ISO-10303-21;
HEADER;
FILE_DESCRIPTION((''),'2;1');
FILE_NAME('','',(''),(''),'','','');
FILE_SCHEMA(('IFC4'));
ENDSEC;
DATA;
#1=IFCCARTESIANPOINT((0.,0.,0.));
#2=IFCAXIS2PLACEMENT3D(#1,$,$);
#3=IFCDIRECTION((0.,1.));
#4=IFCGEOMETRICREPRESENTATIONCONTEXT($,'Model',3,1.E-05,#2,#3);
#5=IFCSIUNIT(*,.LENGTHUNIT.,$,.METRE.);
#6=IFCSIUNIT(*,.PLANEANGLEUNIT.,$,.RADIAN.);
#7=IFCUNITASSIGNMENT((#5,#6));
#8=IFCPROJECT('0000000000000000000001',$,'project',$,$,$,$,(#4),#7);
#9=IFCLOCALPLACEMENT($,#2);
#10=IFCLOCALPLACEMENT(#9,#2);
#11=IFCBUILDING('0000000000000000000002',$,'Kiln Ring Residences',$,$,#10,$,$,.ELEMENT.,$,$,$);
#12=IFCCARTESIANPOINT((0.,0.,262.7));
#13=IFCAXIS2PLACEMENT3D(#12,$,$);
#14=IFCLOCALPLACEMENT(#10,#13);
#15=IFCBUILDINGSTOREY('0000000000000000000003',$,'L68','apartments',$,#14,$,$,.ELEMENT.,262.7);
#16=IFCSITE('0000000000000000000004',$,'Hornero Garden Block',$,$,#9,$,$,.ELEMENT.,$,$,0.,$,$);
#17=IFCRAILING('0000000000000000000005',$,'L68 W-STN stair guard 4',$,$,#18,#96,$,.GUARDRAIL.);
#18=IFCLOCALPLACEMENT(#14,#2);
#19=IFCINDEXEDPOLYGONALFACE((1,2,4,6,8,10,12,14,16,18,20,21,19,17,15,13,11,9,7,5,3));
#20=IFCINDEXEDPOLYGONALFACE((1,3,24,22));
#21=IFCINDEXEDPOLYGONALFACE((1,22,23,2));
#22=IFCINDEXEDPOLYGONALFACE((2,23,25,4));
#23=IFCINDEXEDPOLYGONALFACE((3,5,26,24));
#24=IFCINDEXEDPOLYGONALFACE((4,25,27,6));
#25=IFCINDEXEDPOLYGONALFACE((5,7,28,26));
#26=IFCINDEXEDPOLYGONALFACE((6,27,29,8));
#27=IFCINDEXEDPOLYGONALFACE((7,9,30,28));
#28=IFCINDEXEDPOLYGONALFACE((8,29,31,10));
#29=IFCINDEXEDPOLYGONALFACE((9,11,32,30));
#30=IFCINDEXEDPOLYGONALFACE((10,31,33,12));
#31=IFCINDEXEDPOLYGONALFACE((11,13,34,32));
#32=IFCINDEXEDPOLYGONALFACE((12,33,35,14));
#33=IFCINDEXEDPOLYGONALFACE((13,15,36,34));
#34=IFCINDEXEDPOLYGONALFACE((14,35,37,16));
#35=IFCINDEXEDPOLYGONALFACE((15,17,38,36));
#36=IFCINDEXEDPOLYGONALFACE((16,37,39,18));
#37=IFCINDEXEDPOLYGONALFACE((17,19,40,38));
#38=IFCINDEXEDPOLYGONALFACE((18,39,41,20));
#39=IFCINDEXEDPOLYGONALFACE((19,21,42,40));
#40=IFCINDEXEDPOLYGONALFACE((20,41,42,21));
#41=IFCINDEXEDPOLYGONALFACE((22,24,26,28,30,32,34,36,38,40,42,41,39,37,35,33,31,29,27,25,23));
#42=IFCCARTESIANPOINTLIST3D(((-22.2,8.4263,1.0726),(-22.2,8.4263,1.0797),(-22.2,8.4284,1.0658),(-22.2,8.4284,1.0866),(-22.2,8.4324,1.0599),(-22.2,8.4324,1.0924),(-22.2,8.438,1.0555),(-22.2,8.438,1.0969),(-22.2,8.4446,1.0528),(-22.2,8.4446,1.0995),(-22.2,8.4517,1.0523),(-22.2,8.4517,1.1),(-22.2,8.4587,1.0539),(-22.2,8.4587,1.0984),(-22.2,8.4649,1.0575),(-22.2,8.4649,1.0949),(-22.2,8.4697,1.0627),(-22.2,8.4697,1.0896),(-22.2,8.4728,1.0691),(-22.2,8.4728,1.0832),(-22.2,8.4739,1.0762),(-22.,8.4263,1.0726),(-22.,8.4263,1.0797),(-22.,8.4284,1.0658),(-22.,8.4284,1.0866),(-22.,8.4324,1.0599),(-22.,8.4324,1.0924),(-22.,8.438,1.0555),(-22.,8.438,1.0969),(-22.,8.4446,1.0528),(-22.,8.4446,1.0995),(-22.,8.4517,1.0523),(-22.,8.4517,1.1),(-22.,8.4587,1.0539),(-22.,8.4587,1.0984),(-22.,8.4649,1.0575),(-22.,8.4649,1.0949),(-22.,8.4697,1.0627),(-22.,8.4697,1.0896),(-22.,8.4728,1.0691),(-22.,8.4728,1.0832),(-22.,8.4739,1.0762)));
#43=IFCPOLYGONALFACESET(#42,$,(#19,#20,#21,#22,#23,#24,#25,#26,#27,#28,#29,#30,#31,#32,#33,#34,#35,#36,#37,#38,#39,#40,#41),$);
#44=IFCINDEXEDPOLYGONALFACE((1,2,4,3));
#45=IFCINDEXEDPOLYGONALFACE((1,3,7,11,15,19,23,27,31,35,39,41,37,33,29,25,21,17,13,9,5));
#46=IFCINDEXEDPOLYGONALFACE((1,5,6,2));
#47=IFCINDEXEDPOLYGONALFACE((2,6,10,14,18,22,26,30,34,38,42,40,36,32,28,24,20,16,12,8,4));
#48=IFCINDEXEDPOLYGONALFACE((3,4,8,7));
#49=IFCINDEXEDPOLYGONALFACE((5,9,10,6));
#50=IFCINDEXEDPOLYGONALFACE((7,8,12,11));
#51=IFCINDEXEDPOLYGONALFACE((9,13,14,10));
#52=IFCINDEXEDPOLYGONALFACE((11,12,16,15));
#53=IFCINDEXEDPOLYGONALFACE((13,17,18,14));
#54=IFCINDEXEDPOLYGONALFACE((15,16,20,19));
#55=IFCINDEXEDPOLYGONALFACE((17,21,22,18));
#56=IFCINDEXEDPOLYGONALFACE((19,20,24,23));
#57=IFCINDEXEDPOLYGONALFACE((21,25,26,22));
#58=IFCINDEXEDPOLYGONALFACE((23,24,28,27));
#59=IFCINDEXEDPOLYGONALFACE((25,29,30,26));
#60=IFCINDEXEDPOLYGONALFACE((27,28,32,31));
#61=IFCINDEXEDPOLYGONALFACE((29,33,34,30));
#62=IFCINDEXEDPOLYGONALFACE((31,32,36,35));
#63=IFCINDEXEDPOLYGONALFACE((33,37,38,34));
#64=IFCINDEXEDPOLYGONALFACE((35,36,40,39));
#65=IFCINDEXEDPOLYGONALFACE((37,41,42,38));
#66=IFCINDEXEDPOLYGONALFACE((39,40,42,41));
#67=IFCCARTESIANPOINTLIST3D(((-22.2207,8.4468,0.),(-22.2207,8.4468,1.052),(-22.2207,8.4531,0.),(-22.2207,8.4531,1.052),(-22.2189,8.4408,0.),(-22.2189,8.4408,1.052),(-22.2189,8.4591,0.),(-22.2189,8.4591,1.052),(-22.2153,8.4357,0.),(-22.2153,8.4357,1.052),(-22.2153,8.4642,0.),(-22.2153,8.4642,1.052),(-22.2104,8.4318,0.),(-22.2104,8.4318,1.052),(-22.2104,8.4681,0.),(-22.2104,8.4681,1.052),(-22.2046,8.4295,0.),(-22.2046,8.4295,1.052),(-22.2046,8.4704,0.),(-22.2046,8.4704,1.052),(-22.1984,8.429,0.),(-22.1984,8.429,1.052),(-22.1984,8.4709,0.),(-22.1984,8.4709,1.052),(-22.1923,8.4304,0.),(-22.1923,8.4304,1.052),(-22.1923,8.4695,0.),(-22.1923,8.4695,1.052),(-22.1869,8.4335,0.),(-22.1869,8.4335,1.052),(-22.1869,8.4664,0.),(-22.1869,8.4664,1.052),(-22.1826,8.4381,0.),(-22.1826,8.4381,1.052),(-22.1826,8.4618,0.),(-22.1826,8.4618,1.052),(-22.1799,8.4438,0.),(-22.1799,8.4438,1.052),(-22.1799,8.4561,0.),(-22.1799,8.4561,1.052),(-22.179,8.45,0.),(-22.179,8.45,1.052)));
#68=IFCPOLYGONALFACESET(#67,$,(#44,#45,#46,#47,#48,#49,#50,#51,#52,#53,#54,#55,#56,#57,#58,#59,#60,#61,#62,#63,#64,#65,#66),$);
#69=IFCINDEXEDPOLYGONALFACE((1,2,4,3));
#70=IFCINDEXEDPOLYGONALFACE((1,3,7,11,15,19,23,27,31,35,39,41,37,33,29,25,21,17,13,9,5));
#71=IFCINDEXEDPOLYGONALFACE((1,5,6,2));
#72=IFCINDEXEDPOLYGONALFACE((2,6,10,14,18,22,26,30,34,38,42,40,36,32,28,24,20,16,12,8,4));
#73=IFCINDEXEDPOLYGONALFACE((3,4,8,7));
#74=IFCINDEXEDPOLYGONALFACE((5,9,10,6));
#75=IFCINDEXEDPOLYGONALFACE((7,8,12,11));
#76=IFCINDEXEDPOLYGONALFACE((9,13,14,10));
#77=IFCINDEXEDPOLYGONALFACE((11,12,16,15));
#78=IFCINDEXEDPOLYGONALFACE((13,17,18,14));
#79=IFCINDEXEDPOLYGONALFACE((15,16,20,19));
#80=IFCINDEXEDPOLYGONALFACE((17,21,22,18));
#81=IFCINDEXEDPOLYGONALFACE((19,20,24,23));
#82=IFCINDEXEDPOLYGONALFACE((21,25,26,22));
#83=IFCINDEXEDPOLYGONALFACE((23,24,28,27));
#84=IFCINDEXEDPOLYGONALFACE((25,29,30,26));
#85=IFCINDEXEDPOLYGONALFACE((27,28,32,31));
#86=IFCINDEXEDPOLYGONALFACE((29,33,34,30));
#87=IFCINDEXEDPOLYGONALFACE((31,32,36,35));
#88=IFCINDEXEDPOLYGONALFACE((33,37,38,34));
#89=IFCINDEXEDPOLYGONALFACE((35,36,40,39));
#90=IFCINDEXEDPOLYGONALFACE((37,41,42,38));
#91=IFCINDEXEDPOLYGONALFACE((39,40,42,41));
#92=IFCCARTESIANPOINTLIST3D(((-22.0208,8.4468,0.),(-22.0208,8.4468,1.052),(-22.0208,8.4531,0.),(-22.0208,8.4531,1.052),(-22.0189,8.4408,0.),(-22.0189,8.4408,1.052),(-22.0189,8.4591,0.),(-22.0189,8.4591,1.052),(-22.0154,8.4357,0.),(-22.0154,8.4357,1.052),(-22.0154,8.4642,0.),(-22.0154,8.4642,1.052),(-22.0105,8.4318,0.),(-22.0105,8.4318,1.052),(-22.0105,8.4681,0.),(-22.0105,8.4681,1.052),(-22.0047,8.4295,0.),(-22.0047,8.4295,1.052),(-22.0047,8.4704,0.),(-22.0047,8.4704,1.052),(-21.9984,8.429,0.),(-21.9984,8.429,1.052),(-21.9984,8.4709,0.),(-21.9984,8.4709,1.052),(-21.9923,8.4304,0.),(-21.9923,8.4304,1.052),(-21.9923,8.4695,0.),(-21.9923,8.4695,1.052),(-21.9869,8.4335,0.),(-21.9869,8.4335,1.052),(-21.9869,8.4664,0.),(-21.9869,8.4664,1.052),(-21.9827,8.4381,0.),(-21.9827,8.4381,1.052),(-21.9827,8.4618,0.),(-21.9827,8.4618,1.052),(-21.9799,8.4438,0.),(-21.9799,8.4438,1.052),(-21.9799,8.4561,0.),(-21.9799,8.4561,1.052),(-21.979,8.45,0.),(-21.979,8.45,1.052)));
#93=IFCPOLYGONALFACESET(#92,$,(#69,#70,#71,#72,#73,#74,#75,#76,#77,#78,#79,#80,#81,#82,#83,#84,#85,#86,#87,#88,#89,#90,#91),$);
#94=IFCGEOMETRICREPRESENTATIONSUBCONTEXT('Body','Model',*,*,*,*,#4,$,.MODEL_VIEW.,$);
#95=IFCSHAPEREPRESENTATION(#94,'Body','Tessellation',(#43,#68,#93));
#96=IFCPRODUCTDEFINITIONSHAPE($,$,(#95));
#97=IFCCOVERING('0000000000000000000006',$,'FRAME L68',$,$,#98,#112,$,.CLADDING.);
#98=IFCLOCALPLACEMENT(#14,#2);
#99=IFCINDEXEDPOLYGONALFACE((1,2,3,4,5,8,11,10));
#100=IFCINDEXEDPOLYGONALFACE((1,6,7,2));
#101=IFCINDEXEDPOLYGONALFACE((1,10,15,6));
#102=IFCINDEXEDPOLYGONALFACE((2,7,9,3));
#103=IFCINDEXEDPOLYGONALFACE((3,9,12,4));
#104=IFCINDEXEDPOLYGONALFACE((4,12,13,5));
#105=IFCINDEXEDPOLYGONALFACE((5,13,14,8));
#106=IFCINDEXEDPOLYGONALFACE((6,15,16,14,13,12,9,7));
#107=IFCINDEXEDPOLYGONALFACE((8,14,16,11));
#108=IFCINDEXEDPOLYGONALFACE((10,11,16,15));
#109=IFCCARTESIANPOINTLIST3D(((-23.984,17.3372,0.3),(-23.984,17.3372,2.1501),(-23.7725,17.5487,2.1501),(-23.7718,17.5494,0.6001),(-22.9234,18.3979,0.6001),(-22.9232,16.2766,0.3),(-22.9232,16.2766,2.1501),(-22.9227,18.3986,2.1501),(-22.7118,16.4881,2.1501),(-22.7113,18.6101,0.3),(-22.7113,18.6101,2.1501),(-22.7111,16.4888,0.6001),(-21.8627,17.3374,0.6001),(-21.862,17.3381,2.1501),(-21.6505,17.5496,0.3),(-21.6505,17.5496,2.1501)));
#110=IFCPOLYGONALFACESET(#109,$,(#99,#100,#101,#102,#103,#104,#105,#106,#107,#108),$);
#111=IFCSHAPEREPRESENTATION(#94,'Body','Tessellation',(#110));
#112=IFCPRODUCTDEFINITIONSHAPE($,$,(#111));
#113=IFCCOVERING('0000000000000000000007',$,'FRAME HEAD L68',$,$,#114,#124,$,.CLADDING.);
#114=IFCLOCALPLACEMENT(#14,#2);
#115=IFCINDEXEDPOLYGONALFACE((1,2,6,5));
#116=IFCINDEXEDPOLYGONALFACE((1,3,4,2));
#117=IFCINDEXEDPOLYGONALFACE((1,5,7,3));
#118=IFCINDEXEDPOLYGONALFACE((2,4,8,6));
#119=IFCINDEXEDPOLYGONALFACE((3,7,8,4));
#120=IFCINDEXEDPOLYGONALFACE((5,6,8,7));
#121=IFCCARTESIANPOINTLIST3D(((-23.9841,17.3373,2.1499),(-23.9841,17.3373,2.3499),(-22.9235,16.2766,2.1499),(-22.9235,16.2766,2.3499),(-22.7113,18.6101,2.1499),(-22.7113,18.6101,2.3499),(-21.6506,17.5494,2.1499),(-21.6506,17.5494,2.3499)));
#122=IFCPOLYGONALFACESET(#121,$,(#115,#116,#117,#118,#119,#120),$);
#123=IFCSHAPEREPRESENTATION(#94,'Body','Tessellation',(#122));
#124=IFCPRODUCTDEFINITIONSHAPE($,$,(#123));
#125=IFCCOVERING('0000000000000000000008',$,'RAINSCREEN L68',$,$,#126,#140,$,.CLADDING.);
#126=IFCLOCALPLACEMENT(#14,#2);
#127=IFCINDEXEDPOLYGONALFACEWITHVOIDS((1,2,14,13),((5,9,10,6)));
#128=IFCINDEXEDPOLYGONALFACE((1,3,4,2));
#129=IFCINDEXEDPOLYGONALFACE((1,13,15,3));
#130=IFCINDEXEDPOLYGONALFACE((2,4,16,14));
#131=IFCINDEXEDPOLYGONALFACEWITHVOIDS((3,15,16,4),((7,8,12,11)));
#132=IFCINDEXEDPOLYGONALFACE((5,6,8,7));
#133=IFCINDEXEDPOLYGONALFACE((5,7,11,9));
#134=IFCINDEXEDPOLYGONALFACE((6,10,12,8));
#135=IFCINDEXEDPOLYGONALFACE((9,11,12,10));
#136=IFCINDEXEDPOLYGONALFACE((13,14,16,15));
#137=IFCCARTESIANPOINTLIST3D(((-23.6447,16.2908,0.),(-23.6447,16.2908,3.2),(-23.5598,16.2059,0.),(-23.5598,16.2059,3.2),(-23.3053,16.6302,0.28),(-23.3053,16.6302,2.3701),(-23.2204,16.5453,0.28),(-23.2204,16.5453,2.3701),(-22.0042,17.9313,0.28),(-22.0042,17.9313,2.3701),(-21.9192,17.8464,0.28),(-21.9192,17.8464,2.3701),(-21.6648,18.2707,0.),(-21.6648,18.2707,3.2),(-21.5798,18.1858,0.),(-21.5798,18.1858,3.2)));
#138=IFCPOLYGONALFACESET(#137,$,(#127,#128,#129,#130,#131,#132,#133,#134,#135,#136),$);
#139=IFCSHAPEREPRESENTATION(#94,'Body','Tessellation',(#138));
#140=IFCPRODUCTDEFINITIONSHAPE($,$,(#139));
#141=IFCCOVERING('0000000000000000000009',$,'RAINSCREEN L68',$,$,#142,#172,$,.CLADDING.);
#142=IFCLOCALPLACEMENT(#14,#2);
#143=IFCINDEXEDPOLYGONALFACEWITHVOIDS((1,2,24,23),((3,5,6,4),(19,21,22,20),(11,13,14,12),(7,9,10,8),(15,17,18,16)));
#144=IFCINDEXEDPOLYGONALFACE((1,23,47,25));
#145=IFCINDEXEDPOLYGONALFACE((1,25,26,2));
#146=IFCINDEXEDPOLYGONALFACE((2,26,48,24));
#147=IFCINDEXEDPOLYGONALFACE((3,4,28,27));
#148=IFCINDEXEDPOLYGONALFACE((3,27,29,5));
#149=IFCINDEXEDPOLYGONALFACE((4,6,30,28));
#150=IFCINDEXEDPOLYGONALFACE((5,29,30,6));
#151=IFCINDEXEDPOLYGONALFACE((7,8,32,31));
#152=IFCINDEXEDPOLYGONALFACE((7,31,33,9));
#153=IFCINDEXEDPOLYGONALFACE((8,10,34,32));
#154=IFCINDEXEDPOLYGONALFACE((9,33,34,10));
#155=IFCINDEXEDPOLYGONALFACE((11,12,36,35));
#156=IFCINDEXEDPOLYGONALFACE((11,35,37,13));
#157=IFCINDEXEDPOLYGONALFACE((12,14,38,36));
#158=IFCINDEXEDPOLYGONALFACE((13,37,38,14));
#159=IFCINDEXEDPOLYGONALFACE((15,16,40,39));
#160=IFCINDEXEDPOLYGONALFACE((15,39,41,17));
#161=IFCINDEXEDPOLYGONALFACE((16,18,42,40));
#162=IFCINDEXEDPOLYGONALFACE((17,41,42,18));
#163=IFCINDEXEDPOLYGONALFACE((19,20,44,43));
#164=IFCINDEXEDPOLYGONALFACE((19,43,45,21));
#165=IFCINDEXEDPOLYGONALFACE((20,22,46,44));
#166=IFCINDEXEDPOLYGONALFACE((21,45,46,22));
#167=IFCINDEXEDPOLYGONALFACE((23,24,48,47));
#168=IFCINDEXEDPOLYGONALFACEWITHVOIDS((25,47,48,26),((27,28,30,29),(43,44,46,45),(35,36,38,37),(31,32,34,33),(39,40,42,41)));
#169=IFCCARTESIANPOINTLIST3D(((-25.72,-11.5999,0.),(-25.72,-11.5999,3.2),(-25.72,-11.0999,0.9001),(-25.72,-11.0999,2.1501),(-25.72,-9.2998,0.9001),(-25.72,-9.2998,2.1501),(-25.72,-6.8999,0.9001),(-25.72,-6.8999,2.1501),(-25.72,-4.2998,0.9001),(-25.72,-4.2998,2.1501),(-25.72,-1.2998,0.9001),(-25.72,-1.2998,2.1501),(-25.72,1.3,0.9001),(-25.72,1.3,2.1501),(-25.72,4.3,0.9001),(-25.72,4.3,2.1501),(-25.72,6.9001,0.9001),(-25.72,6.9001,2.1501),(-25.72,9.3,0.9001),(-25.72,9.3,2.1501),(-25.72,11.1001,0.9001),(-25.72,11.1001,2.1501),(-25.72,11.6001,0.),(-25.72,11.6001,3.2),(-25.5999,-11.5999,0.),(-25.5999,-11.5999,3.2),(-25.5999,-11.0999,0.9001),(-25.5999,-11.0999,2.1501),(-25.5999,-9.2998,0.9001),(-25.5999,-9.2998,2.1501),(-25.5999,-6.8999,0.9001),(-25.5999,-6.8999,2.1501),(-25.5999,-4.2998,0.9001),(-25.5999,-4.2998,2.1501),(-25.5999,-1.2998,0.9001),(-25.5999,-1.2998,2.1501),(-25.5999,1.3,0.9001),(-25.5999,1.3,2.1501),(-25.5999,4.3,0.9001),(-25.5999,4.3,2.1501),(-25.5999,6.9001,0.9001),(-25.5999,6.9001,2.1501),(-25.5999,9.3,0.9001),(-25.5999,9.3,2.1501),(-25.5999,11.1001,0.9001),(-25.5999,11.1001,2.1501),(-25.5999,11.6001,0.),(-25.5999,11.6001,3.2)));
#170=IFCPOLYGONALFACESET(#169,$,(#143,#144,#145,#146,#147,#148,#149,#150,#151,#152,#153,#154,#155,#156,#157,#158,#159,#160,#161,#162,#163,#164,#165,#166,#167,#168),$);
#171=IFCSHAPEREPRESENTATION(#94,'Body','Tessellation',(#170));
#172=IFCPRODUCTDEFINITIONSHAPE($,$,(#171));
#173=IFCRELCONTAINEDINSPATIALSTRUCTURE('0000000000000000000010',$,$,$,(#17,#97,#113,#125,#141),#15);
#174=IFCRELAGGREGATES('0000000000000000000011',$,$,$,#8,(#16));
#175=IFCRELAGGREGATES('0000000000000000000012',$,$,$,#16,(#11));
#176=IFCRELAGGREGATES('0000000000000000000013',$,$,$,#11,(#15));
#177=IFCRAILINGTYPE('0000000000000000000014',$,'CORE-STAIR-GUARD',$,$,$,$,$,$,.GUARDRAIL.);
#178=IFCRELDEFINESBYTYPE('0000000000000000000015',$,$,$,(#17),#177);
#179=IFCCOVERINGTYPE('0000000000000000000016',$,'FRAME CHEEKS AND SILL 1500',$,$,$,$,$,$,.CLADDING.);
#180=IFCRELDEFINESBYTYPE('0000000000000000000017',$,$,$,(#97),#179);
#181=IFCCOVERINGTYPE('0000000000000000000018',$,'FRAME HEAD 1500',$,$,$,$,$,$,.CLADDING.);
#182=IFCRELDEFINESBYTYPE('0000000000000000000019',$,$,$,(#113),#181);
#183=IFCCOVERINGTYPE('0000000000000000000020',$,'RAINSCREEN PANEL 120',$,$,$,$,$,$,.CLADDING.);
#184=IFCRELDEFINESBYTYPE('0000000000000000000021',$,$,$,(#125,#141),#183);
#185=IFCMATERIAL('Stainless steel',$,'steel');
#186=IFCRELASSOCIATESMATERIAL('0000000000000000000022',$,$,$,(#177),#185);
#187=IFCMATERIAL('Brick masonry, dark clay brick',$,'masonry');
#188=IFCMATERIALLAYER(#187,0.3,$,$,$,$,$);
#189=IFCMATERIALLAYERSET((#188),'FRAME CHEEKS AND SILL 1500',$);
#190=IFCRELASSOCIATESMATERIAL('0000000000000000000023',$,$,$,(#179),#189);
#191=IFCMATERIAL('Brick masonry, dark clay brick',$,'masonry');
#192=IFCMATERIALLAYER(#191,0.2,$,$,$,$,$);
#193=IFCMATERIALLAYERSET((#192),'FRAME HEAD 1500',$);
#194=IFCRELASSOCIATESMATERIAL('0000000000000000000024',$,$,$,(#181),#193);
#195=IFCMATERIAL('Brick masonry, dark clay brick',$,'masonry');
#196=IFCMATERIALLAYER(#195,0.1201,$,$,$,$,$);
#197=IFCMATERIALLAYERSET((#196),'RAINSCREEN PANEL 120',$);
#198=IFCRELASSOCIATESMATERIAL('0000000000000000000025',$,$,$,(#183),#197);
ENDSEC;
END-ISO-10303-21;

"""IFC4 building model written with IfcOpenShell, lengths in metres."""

from ifc_helpers import new_model, si_unit, direction, frame, origin, origin_2d, place, context, subcontext, project, spatial, polyline, rectangle, circle, outline, extrude, material, layer, layer_set, type_object, element, save


model = new_model("IFC4")

# Units and contexts
model_context = context("Model", 3, precision=1e-05, world=origin(), true_north=direction((0.0, 1.0)))
body_context = subcontext(model_context, "Body", "Model", "MODEL_VIEW")
ifc_project = project(units=[si_unit("LENGTHUNIT", "METRE"), si_unit("PLANEANGLEUNIT", "RADIAN")], contexts=[model_context])

# Site, building, storey
site_placement = place(None, origin())
site = spatial("IfcSite", under=ifc_project, at=site_placement, Name="Hornero Garden Block", CompositionType="ELEMENT", RefElevation=0.0)
building_placement = place(site_placement, origin())
building = spatial("IfcBuilding", under=site, at=building_placement, Name="Kiln Ring Residences", CompositionType="ELEMENT")
storey_placement = place(building_placement, frame((0.0, 0.0, 262.7)))
storey = spatial("IfcBuildingStorey", under=building, at=storey_placement, Name="L68", Description="apartments", CompositionType="ELEMENT", Elevation=262.7)

# Railing
ifc_material_1 = material(Name="Stainless steel", Category="steel")
railing_type = type_object("IfcRailingType", Name="CORE-STAIR-GUARD", PredefinedType="GUARDRAIL", material=ifc_material_1)
railing_1_placement = place(storey_placement, frame((-22.2, 8.45, 0.0)))
element("IfcRailing", 1, at=railing_1_placement, inside=storey, type_object=railing_type, Name="L68 W-STN stair guard 4", PredefinedType="GUARDRAIL", context=body_context, shape_type="SweptSolid", body=[
    extrude(circle(Radius=0.0239, at=origin_2d()), frame((0.0, 0.0, 1.0762), z_axis=(1.0, 0.0, 0.0), x_axis=(0.0, 1.0, 0.0)), (0.0, 0.0, 1.0), 0.2),
    extrude(circle(Radius=0.021, at=origin_2d()), origin(), (0.0, 0.0, 1.0), 1.052),
    extrude(circle(Radius=0.021, at=origin_2d()), frame((0.2, 0.0, 0.0)), (0.0, 0.0, 1.0), 1.052),
])

# Coverings
ifc_material_2 = material(Name="Brick masonry, dark clay brick", Category="masonry")
ifc_layer_1 = layer(ifc_material_2, 0.3)
ifc_layer_set_1 = layer_set([ifc_layer_1], Name="FRAME CHEEKS AND SILL 1500")
covering_type_1 = type_object("IfcCoveringType", Name="FRAME CHEEKS AND SILL 1500", PredefinedType="CLADDING", material=ifc_layer_set_1)
covering_1_placement = place(storey_placement, frame((-22.1809, 18.0798, 0.3), z_axis=(0.0, 0.0, 1.0), x_axis=(-0.707039, -0.707175, 0.0)))
element("IfcCovering", 2, at=covering_1_placement, inside=storey, type_object=covering_type_1, Name="FRAME L68", PredefinedType="CLADDING", context=body_context, shape_type="SweptSolid", body=[
    extrude(outline(polyline([(0.0, 0.0), (1.8, 0.0), (1.8, 1.8501), (1.501, 1.8501), (1.5, 0.3), (0.3, 0.3), (0.2991, 1.8501), (0.0, 1.8501), (0.0, 0.0)])), frame((0.0, 0.75, 0.0), z_axis=(0.0, -1.0, 0.0), x_axis=(1.0, 0.0, 0.0)), (0.0, 0.0, 1.0), 1.5),
])
ifc_material_3 = material(Name="Brick masonry, dark clay brick", Category="masonry")
ifc_layer_2 = layer(ifc_material_3, 0.2)
ifc_layer_set_2 = layer_set([ifc_layer_2], Name="FRAME HEAD 1500")
covering_type_2 = type_object("IfcCoveringType", Name="FRAME HEAD 1500", PredefinedType="CLADDING", material=ifc_layer_set_2)
covering_2_placement = place(storey_placement, frame((-22.8174, 17.4434, 2.1499), z_axis=(0.0, 0.0, 1.0), x_axis=(-0.707107, -0.707107, 0.0)))
element("IfcCovering", 3, at=covering_2_placement, inside=storey, type_object=covering_type_2, Name="FRAME HEAD L68", PredefinedType="CLADDING", context=body_context, shape_type="SweptSolid", body=[
    extrude(rectangle(XDim=1.8, YDim=1.5, at=origin_2d()), origin(), (0.0, 0.0, 1.0), 0.2),
])
ifc_material_4 = material(Name="Brick masonry, dark clay brick", Category="masonry")
ifc_layer_3 = layer(ifc_material_4, 0.1201)
ifc_layer_set_3 = layer_set([ifc_layer_3], Name="RAINSCREEN PANEL 120")
covering_type_3 = type_object("IfcCoveringType", Name="RAINSCREEN PANEL 120", PredefinedType="CLADDING", material=ifc_layer_set_3)
covering_3_placement = place(storey_placement, frame((-21.6223, 18.2283, 0.0), z_axis=(0.0, 0.0, 1.0), x_axis=(-0.707107, -0.707107, 0.0)))
element("IfcCovering", 4, at=covering_3_placement, inside=storey, type_object=covering_type_3, Name="RAINSCREEN L68", PredefinedType="CLADDING", context=body_context, shape_type="SweptSolid", body=[
    extrude(outline(polyline([(0.0, 0.0), (2.8, 0.0), (2.8, 3.2), (0.0, 3.2), (0.0, 0.0)]), holes=[polyline([(0.48, 2.3701), (0.48, 0.28), (2.3201, 0.28), (2.3201, 2.3701), (0.48, 2.3701)])]), frame((0.0, 0.0601, 0.0), z_axis=(0.0, -1.0, 0.0), x_axis=(1.0, 0.0, 0.0)), (0.0, 0.0, 1.0), 0.1201),
])
covering_4_placement = place(storey_placement, frame((-25.6599, 11.6001, 0.0), z_axis=(0.0, 0.0, 1.0), x_axis=(0.0, -1.0, 0.0)))
element("IfcCovering", 5, at=covering_4_placement, inside=storey, type_object=covering_type_3, Name="RAINSCREEN L68", PredefinedType="CLADDING", context=body_context, shape_type="SweptSolid", body=[
    extrude(outline(polyline([(0.0, 0.0), (23.2, 0.0), (23.2, 3.2), (0.0, 3.2), (0.0, 0.0)]), holes=[polyline([(2.3, 0.9001), (2.3, 2.1501), (0.5, 2.1501), (0.5, 0.9001), (2.3, 0.9001)]), polyline([(7.3, 0.9001), (7.3, 2.1501), (4.7, 2.1501), (4.7, 0.9001), (7.3, 0.9001)]), polyline([(12.8999, 0.9001), (12.8999, 2.1501), (10.3, 2.1501), (10.3, 0.9001), (12.8999, 0.9001)]), polyline([(15.8999, 0.9001), (18.5, 0.9001), (18.5, 2.1501), (15.8999, 2.1501), (15.8999, 0.9001)]), polyline([(20.8999, 0.9001), (22.7, 0.9001), (22.7, 2.1501), (20.8999, 2.1501), (20.8999, 0.9001)])]), frame((0.0, 0.0601, 0.0), z_axis=(0.0, -1.0, 0.0), x_axis=(1.0, 0.0, 0.0)), (0.0, 0.0, 1.0), 0.1201),
])

save(model, "model.ifc")
